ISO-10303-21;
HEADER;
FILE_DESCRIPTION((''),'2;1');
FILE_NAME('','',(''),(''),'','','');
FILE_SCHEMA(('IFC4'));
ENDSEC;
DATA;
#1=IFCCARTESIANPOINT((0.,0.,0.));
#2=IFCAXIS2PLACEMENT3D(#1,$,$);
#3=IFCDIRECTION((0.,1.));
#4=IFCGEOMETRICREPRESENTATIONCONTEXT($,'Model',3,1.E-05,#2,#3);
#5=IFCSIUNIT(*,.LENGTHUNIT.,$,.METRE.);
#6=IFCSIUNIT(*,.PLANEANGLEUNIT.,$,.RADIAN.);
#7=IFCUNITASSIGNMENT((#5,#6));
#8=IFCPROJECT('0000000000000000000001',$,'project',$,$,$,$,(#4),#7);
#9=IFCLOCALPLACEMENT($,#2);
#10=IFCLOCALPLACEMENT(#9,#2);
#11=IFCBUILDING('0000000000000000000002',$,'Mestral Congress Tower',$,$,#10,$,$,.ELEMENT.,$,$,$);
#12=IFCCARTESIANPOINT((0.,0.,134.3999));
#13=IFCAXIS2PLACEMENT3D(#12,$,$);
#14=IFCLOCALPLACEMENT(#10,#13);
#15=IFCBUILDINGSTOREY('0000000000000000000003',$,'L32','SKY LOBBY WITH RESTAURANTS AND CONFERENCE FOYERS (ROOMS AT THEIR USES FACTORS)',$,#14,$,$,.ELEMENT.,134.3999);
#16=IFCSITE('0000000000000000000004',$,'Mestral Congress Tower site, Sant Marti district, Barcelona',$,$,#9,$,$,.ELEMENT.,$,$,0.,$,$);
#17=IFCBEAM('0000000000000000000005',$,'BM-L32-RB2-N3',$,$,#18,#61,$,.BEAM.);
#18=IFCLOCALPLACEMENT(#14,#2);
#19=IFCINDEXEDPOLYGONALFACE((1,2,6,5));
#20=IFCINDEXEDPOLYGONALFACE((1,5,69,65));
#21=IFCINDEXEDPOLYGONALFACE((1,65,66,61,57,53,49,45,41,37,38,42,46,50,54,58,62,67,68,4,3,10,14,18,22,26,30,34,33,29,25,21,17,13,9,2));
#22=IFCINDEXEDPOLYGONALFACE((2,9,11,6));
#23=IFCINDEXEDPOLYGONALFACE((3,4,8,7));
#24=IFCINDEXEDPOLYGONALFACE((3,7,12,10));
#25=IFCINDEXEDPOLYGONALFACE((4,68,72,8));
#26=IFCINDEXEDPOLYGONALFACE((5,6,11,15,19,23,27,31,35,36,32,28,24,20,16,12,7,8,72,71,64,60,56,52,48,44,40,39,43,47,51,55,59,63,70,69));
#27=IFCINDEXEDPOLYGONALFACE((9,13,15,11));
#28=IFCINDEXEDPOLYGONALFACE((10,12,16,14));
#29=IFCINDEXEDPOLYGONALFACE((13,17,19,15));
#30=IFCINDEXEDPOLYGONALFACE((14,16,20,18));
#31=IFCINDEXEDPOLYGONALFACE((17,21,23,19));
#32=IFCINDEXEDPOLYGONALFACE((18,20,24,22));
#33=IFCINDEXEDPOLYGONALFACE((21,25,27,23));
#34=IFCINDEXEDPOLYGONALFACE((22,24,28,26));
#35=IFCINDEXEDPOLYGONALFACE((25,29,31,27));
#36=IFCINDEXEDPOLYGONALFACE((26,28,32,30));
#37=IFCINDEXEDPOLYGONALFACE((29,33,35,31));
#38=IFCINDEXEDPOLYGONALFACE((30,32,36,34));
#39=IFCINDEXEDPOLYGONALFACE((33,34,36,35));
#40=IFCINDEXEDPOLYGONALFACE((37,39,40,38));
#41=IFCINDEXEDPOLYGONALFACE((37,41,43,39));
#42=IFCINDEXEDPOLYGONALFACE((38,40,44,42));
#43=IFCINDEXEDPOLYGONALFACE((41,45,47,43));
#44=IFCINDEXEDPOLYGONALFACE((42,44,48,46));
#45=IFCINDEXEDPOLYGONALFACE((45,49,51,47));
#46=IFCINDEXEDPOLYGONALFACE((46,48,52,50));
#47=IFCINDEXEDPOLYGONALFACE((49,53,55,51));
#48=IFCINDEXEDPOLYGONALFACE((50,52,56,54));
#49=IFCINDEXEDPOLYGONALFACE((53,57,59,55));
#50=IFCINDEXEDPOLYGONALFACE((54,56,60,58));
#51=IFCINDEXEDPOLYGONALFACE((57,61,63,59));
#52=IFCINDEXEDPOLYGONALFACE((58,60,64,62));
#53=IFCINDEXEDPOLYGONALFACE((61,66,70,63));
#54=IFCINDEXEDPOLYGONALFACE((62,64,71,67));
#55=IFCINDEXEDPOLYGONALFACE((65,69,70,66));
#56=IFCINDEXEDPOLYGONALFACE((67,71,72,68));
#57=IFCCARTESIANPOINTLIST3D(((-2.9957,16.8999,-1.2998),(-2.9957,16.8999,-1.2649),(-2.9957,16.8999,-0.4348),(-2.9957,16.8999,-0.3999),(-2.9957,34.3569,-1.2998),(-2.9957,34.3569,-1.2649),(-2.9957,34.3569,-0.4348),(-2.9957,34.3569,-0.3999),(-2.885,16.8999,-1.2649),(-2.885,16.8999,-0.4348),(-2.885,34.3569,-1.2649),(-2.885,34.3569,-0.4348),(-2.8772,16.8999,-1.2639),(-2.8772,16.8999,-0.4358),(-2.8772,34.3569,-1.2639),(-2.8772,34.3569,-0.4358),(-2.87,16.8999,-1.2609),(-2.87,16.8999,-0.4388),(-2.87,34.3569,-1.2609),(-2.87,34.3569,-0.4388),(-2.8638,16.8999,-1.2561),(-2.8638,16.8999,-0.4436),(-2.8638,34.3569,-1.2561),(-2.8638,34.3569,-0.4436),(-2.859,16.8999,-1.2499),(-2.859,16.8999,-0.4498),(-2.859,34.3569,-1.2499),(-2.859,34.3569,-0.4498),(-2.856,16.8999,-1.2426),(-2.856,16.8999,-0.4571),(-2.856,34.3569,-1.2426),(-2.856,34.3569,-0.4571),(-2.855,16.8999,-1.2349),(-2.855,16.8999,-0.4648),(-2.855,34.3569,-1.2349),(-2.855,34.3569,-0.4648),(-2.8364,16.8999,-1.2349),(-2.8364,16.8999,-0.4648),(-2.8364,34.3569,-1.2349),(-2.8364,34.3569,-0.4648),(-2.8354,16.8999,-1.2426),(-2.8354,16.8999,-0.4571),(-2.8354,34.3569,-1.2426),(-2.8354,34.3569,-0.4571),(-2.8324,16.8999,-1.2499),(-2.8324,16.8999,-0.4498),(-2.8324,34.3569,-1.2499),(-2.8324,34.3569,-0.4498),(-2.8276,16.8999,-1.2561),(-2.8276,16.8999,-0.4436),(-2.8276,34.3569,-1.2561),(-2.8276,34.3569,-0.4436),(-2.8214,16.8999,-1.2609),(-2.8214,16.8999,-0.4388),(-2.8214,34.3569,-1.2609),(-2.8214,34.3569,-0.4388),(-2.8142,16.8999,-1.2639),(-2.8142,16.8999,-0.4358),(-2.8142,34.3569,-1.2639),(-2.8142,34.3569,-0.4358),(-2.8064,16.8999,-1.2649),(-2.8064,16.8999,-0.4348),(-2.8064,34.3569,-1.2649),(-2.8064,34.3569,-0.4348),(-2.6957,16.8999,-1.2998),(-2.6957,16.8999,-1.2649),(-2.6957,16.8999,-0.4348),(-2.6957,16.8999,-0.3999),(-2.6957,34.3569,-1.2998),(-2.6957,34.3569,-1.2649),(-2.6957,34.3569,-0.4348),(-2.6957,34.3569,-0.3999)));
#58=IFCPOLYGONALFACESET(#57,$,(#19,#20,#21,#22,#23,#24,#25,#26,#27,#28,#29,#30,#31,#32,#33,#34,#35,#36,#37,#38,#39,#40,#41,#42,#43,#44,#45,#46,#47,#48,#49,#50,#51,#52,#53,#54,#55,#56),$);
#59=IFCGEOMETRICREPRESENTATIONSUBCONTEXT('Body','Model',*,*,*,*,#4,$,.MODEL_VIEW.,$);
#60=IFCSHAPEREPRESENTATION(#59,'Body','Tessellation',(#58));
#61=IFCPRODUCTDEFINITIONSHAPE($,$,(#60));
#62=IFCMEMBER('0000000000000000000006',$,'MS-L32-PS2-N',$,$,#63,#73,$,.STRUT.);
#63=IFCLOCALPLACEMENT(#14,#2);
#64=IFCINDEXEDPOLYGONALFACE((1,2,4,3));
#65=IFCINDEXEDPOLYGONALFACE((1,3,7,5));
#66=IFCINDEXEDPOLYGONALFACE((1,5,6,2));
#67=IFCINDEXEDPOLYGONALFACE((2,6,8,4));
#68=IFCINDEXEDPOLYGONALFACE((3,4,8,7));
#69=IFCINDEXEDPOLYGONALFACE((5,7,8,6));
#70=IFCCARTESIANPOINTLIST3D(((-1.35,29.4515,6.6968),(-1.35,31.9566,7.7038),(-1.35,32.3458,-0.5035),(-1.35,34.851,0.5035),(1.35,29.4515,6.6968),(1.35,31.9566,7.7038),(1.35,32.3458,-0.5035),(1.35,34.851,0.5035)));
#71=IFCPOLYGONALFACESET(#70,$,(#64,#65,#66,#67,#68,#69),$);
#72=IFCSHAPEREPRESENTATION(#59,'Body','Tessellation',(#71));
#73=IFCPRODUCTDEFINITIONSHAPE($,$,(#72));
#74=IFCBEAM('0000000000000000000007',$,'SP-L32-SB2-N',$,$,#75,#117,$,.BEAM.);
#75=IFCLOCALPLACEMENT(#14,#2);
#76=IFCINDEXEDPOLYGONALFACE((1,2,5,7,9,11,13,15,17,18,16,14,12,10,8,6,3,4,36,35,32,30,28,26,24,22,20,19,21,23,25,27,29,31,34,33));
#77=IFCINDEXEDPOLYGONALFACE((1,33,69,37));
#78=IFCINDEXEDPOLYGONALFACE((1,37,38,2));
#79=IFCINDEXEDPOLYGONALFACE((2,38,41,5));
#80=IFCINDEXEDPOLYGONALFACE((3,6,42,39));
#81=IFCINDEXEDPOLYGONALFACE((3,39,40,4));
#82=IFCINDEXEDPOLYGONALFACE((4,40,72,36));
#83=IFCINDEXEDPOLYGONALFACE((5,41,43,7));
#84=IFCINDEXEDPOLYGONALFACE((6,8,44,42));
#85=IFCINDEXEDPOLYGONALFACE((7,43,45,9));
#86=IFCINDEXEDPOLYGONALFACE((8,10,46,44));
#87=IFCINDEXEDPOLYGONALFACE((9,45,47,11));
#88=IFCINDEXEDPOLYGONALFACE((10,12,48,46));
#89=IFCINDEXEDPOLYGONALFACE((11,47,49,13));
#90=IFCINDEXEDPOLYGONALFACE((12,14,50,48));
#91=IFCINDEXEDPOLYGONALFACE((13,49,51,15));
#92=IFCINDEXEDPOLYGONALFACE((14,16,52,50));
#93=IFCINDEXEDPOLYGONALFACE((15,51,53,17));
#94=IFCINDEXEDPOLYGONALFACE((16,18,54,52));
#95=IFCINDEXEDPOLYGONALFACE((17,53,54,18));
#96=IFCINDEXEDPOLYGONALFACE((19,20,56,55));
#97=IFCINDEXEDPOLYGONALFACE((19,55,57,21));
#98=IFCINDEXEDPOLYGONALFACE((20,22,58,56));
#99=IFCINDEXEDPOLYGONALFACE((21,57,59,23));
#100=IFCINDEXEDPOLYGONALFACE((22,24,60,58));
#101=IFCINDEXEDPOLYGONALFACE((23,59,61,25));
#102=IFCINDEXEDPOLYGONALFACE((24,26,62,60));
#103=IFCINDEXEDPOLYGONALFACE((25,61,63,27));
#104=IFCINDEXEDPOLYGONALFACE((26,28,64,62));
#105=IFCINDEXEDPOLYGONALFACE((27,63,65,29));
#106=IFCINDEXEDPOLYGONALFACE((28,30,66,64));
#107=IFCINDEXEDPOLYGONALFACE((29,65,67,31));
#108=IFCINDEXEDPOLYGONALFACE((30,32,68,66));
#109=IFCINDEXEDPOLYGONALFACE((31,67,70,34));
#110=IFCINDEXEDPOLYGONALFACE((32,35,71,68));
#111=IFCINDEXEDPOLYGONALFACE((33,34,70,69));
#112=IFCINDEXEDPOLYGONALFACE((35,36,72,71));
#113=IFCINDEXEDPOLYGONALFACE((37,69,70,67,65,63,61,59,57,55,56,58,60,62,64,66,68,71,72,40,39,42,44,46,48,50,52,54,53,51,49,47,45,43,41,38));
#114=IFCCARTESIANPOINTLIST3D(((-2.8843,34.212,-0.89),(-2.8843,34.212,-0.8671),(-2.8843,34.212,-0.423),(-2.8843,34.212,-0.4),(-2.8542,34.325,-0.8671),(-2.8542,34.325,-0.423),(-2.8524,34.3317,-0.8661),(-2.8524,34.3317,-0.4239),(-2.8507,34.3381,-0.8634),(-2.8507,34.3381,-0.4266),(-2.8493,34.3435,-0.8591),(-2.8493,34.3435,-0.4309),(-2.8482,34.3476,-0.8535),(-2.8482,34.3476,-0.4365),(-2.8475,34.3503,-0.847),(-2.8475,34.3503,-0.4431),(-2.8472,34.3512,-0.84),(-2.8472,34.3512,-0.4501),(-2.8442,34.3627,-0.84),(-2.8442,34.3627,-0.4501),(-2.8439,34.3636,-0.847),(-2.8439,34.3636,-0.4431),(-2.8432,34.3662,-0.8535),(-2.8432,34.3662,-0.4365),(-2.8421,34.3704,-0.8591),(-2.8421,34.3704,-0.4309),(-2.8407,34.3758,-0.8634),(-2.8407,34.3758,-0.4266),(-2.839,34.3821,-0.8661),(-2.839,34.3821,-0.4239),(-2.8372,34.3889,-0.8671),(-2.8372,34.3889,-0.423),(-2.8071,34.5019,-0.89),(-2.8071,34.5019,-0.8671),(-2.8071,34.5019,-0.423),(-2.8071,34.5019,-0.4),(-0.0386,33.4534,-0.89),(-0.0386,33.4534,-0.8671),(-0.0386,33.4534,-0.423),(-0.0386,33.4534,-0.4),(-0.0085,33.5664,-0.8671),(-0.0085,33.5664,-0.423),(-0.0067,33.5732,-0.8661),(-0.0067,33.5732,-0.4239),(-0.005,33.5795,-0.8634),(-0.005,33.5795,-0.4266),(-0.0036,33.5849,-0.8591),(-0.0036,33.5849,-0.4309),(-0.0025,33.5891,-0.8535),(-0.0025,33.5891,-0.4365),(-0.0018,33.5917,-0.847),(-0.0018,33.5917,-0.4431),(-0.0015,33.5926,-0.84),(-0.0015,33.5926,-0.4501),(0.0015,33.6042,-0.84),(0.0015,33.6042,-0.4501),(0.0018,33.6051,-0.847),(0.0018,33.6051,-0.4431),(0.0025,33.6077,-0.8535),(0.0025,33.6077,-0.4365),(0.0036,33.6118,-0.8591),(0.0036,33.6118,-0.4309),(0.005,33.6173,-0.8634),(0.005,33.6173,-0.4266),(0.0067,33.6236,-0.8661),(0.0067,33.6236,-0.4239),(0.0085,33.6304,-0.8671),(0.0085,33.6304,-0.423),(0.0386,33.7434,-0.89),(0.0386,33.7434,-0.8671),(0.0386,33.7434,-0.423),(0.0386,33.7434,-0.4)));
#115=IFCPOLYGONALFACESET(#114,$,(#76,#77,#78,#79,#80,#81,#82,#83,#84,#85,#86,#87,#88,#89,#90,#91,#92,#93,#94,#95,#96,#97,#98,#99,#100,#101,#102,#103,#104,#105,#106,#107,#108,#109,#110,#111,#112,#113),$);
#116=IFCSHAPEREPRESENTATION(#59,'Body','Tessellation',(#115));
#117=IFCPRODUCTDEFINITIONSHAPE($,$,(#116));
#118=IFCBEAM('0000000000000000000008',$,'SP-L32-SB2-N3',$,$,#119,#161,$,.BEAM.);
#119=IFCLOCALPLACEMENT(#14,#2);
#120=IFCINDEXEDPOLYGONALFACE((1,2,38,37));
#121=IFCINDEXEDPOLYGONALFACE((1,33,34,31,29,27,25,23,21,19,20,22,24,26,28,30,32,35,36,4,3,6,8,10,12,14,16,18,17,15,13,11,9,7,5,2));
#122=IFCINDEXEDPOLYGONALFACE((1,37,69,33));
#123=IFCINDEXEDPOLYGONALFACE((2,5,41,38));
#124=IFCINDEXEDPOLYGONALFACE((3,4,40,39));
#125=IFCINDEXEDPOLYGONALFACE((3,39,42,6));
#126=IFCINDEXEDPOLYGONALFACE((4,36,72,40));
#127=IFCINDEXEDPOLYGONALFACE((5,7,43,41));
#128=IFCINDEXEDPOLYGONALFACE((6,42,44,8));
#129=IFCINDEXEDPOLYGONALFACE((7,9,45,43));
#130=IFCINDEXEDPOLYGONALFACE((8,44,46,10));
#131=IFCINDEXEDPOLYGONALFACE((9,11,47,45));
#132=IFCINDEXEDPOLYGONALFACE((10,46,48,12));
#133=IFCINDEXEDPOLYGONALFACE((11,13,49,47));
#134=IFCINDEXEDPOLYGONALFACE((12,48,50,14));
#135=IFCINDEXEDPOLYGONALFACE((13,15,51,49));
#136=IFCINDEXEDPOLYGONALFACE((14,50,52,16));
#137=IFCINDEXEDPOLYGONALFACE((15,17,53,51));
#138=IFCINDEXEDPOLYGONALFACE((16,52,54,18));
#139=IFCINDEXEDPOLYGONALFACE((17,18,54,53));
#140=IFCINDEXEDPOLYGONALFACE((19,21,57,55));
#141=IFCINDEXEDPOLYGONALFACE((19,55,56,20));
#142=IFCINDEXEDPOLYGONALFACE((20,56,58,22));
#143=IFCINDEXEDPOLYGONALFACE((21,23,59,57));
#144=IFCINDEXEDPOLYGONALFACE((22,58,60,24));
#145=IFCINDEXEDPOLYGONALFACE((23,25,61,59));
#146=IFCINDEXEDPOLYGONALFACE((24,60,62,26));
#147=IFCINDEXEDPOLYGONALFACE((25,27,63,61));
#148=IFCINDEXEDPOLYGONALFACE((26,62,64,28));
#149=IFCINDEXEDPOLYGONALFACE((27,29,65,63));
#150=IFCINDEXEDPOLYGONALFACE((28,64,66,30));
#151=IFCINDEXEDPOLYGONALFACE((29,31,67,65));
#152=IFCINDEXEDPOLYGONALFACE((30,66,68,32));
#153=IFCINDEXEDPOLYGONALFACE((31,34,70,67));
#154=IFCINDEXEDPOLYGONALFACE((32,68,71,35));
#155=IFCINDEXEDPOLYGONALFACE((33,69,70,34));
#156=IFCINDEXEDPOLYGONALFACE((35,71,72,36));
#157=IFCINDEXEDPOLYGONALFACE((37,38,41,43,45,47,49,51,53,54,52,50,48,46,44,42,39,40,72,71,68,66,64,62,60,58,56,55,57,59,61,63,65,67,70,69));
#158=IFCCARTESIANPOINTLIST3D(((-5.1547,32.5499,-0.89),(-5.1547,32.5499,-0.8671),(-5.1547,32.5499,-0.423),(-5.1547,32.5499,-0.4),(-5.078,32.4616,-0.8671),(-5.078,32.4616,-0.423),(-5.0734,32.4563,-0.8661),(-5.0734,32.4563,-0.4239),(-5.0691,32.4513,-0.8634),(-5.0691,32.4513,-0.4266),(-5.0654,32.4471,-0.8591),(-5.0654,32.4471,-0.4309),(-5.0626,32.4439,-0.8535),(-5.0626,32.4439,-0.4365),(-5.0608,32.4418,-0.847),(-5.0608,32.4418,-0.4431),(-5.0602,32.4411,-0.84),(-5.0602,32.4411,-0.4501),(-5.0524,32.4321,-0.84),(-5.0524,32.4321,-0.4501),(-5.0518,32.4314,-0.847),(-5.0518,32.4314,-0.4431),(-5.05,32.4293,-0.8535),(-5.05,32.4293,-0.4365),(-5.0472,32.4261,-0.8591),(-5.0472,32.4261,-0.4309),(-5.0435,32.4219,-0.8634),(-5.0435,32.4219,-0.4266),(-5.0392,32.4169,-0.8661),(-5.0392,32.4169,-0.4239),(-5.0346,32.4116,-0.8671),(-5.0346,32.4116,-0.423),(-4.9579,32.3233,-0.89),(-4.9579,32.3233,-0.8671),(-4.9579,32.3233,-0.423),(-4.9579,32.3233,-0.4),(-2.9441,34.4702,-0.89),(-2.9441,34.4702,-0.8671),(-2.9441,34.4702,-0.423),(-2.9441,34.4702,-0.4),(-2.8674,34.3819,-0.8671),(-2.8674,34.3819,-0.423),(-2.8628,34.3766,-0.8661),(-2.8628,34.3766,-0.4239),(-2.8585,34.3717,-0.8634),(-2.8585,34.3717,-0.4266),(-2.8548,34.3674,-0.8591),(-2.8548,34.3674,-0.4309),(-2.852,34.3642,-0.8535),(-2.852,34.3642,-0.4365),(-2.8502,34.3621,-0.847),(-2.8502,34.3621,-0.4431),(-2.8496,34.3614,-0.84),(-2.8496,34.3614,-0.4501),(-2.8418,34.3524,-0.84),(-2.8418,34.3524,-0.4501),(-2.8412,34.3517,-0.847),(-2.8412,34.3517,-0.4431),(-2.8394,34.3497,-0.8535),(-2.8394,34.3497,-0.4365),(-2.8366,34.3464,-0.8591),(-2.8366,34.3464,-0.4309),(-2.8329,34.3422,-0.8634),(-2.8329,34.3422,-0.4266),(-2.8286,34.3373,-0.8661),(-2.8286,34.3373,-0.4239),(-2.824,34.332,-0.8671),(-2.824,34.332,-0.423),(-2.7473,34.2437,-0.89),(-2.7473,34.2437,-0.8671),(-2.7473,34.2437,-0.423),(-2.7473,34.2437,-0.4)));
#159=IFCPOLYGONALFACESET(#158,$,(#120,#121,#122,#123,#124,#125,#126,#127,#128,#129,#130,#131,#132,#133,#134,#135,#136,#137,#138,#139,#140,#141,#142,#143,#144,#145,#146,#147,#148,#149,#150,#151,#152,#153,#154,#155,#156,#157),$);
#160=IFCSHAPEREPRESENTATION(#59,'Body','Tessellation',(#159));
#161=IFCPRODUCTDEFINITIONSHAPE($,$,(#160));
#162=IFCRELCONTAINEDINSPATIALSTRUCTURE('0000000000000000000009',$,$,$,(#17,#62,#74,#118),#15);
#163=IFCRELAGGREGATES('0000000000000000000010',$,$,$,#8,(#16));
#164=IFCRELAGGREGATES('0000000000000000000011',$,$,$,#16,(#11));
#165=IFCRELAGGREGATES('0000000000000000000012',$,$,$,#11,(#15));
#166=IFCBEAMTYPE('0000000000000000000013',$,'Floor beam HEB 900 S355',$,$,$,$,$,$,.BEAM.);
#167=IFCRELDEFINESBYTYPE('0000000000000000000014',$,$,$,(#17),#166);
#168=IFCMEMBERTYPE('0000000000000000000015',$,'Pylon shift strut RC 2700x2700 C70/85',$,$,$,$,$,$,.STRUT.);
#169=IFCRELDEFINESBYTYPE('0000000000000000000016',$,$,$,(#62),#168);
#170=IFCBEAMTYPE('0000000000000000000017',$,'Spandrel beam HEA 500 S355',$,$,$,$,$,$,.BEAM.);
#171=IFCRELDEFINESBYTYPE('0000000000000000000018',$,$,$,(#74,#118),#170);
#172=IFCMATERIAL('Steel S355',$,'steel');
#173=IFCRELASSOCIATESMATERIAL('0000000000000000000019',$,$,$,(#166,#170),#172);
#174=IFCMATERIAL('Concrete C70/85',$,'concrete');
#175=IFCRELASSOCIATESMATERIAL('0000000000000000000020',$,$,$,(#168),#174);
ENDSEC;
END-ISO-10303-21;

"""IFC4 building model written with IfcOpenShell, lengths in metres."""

from ifc_helpers import new_model, si_unit, direction, frame, origin, origin_2d, place, context, subcontext, project, spatial, rectangle, i_section, extrude, material, material_profile, profile_set, type_object, element, save


model = new_model("IFC4")

# Units and contexts
model_context = context("Model", 3, precision=1e-05, world=origin(), true_north=direction((0.0, 1.0)))
body_context = subcontext(model_context, "Body", "Model", "MODEL_VIEW")
ifc_project = project(units=[si_unit("LENGTHUNIT", "METRE"), si_unit("PLANEANGLEUNIT", "RADIAN")], contexts=[model_context])

# Site, building, storey
site_placement = place(None, origin())
site = spatial("IfcSite", under=ifc_project, at=site_placement, Name="Mestral Congress Tower site, Sant Marti district, Barcelona", CompositionType="ELEMENT", RefElevation=0.0)
building_placement = place(site_placement, origin())
building = spatial("IfcBuilding", under=site, at=building_placement, Name="Mestral Congress Tower", CompositionType="ELEMENT")
storey_placement = place(building_placement, frame((0.0, 0.0, 134.3999)))
storey = spatial("IfcBuildingStorey", under=building, at=storey_placement, Name="L32", Description="SKY LOBBY WITH RESTAURANTS AND CONFERENCE FOYERS (ROOMS AT THEIR USES FACTORS)", CompositionType="ELEMENT", Elevation=134.3999)

# Shared definitions
ifc_material_1 = material(Name="Steel S355", Category="steel")

# Beam
ifc_material_profile_1 = material_profile(ifc_material_1, i_section(OverallWidth=0.3, OverallDepth=0.8999, WebThickness=0.0186, FlangeThickness=0.0349, FilletRadius=0.03, at=origin_2d()), Name="HEB 900")
ifc_profile_set_1 = profile_set([ifc_material_profile_1], Name="Steel S355")
beam_type_1 = type_object("IfcBeamType", Name="Floor beam HEB 900 S355", PredefinedType="BEAM", material=ifc_profile_set_1)
beam_1_placement = place(storey_placement, frame((-2.8457, 34.3569, -0.8499), z_axis=(0.0, -1.0, 0.0), x_axis=(1.0, 0.0, 0.0)))
element("IfcBeam", 1, at=beam_1_placement, inside=storey, type_object=beam_type_1, Name="BM-L32-RB2-N3", PredefinedType="BEAM", context=body_context, shape_type="SweptSolid", body=[
    extrude(i_section(OverallWidth=0.3, OverallDepth=0.8999, WebThickness=0.0186, FlangeThickness=0.0349, FilletRadius=0.03, at=origin_2d()), origin(), (0.0, 0.0, 1.0), 17.457),
])

# Member
ifc_material_2 = material(Name="Concrete C70/85", Category="concrete")
ifc_material_profile_2 = material_profile(ifc_material_2, rectangle(XDim=2.7, YDim=2.7, at=origin_2d()), Name="RC 2700x2700")
ifc_profile_set_2 = profile_set([ifc_material_profile_2], Name="Concrete C70/85")
member_type_1 = type_object("IfcMemberType", Name="Pylon shift strut RC 2700x2700 C70/85", PredefinedType="STRUT", material=ifc_profile_set_2)
member_1_placement = place(storey_placement, frame((0.0, 33.5984, 0.0), z_axis=(0.0, -0.372969, 0.927844), x_axis=(1.0, 0.0, 0.0)))
element("IfcMember", 2, at=member_1_placement, inside=storey, type_object=member_type_1, Name="MS-L32-PS2-N", PredefinedType="STRUT", context=body_context, shape_type="SweptSolid", body=[
    extrude(rectangle(XDim=2.7, YDim=2.7, at=origin_2d()), origin(), (0.0, 0.0, 1.0), 7.7603),
])

# Beams
ifc_material_profile_3 = material_profile(ifc_material_1, i_section(OverallWidth=0.3, OverallDepth=0.49, WebThickness=0.012, FlangeThickness=0.0229, FilletRadius=0.0271, at=origin_2d()), Name="HEA 500")
ifc_profile_set_3 = profile_set([ifc_material_profile_3], Name="Steel S355")
beam_type_2 = type_object("IfcBeamType", Name="Spandrel beam HEA 500 S355", PredefinedType="BEAM", material=ifc_profile_set_3)
beam_2_placement = place(storey_placement, frame((0.0, 33.5984, -0.645), z_axis=(-0.966261, 0.257565, 0.0), x_axis=(-0.257565, -0.966261, 0.0)))
element("IfcBeam", 3, at=beam_2_placement, inside=storey, type_object=beam_type_2, Name="SP-L32-SB2-N", PredefinedType="BEAM", context=body_context, shape_type="SweptSolid", body=[
    extrude(i_section(OverallWidth=0.3, OverallDepth=0.49, WebThickness=0.012, FlangeThickness=0.0229, FilletRadius=0.0271, at=origin_2d()), origin(), (0.0, 0.0, 1.0), 2.9451),
])
beam_3_placement = place(storey_placement, frame((-2.8457, 34.3569, -0.645), z_axis=(-0.754932, -0.655803, 0.0), x_axis=(0.655803, -0.754932, 0.0)))
element("IfcBeam", 4, at=beam_3_placement, inside=storey, type_object=beam_type_2, Name="SP-L32-SB2-N3", PredefinedType="BEAM", context=body_context, shape_type="SweptSolid", body=[
    extrude(i_section(OverallWidth=0.3, OverallDepth=0.49, WebThickness=0.012, FlangeThickness=0.0229, FilletRadius=0.0271, at=origin_2d()), origin(), (0.0, 0.0, 1.0), 2.9282),
])

save(model, "model.ifc")
